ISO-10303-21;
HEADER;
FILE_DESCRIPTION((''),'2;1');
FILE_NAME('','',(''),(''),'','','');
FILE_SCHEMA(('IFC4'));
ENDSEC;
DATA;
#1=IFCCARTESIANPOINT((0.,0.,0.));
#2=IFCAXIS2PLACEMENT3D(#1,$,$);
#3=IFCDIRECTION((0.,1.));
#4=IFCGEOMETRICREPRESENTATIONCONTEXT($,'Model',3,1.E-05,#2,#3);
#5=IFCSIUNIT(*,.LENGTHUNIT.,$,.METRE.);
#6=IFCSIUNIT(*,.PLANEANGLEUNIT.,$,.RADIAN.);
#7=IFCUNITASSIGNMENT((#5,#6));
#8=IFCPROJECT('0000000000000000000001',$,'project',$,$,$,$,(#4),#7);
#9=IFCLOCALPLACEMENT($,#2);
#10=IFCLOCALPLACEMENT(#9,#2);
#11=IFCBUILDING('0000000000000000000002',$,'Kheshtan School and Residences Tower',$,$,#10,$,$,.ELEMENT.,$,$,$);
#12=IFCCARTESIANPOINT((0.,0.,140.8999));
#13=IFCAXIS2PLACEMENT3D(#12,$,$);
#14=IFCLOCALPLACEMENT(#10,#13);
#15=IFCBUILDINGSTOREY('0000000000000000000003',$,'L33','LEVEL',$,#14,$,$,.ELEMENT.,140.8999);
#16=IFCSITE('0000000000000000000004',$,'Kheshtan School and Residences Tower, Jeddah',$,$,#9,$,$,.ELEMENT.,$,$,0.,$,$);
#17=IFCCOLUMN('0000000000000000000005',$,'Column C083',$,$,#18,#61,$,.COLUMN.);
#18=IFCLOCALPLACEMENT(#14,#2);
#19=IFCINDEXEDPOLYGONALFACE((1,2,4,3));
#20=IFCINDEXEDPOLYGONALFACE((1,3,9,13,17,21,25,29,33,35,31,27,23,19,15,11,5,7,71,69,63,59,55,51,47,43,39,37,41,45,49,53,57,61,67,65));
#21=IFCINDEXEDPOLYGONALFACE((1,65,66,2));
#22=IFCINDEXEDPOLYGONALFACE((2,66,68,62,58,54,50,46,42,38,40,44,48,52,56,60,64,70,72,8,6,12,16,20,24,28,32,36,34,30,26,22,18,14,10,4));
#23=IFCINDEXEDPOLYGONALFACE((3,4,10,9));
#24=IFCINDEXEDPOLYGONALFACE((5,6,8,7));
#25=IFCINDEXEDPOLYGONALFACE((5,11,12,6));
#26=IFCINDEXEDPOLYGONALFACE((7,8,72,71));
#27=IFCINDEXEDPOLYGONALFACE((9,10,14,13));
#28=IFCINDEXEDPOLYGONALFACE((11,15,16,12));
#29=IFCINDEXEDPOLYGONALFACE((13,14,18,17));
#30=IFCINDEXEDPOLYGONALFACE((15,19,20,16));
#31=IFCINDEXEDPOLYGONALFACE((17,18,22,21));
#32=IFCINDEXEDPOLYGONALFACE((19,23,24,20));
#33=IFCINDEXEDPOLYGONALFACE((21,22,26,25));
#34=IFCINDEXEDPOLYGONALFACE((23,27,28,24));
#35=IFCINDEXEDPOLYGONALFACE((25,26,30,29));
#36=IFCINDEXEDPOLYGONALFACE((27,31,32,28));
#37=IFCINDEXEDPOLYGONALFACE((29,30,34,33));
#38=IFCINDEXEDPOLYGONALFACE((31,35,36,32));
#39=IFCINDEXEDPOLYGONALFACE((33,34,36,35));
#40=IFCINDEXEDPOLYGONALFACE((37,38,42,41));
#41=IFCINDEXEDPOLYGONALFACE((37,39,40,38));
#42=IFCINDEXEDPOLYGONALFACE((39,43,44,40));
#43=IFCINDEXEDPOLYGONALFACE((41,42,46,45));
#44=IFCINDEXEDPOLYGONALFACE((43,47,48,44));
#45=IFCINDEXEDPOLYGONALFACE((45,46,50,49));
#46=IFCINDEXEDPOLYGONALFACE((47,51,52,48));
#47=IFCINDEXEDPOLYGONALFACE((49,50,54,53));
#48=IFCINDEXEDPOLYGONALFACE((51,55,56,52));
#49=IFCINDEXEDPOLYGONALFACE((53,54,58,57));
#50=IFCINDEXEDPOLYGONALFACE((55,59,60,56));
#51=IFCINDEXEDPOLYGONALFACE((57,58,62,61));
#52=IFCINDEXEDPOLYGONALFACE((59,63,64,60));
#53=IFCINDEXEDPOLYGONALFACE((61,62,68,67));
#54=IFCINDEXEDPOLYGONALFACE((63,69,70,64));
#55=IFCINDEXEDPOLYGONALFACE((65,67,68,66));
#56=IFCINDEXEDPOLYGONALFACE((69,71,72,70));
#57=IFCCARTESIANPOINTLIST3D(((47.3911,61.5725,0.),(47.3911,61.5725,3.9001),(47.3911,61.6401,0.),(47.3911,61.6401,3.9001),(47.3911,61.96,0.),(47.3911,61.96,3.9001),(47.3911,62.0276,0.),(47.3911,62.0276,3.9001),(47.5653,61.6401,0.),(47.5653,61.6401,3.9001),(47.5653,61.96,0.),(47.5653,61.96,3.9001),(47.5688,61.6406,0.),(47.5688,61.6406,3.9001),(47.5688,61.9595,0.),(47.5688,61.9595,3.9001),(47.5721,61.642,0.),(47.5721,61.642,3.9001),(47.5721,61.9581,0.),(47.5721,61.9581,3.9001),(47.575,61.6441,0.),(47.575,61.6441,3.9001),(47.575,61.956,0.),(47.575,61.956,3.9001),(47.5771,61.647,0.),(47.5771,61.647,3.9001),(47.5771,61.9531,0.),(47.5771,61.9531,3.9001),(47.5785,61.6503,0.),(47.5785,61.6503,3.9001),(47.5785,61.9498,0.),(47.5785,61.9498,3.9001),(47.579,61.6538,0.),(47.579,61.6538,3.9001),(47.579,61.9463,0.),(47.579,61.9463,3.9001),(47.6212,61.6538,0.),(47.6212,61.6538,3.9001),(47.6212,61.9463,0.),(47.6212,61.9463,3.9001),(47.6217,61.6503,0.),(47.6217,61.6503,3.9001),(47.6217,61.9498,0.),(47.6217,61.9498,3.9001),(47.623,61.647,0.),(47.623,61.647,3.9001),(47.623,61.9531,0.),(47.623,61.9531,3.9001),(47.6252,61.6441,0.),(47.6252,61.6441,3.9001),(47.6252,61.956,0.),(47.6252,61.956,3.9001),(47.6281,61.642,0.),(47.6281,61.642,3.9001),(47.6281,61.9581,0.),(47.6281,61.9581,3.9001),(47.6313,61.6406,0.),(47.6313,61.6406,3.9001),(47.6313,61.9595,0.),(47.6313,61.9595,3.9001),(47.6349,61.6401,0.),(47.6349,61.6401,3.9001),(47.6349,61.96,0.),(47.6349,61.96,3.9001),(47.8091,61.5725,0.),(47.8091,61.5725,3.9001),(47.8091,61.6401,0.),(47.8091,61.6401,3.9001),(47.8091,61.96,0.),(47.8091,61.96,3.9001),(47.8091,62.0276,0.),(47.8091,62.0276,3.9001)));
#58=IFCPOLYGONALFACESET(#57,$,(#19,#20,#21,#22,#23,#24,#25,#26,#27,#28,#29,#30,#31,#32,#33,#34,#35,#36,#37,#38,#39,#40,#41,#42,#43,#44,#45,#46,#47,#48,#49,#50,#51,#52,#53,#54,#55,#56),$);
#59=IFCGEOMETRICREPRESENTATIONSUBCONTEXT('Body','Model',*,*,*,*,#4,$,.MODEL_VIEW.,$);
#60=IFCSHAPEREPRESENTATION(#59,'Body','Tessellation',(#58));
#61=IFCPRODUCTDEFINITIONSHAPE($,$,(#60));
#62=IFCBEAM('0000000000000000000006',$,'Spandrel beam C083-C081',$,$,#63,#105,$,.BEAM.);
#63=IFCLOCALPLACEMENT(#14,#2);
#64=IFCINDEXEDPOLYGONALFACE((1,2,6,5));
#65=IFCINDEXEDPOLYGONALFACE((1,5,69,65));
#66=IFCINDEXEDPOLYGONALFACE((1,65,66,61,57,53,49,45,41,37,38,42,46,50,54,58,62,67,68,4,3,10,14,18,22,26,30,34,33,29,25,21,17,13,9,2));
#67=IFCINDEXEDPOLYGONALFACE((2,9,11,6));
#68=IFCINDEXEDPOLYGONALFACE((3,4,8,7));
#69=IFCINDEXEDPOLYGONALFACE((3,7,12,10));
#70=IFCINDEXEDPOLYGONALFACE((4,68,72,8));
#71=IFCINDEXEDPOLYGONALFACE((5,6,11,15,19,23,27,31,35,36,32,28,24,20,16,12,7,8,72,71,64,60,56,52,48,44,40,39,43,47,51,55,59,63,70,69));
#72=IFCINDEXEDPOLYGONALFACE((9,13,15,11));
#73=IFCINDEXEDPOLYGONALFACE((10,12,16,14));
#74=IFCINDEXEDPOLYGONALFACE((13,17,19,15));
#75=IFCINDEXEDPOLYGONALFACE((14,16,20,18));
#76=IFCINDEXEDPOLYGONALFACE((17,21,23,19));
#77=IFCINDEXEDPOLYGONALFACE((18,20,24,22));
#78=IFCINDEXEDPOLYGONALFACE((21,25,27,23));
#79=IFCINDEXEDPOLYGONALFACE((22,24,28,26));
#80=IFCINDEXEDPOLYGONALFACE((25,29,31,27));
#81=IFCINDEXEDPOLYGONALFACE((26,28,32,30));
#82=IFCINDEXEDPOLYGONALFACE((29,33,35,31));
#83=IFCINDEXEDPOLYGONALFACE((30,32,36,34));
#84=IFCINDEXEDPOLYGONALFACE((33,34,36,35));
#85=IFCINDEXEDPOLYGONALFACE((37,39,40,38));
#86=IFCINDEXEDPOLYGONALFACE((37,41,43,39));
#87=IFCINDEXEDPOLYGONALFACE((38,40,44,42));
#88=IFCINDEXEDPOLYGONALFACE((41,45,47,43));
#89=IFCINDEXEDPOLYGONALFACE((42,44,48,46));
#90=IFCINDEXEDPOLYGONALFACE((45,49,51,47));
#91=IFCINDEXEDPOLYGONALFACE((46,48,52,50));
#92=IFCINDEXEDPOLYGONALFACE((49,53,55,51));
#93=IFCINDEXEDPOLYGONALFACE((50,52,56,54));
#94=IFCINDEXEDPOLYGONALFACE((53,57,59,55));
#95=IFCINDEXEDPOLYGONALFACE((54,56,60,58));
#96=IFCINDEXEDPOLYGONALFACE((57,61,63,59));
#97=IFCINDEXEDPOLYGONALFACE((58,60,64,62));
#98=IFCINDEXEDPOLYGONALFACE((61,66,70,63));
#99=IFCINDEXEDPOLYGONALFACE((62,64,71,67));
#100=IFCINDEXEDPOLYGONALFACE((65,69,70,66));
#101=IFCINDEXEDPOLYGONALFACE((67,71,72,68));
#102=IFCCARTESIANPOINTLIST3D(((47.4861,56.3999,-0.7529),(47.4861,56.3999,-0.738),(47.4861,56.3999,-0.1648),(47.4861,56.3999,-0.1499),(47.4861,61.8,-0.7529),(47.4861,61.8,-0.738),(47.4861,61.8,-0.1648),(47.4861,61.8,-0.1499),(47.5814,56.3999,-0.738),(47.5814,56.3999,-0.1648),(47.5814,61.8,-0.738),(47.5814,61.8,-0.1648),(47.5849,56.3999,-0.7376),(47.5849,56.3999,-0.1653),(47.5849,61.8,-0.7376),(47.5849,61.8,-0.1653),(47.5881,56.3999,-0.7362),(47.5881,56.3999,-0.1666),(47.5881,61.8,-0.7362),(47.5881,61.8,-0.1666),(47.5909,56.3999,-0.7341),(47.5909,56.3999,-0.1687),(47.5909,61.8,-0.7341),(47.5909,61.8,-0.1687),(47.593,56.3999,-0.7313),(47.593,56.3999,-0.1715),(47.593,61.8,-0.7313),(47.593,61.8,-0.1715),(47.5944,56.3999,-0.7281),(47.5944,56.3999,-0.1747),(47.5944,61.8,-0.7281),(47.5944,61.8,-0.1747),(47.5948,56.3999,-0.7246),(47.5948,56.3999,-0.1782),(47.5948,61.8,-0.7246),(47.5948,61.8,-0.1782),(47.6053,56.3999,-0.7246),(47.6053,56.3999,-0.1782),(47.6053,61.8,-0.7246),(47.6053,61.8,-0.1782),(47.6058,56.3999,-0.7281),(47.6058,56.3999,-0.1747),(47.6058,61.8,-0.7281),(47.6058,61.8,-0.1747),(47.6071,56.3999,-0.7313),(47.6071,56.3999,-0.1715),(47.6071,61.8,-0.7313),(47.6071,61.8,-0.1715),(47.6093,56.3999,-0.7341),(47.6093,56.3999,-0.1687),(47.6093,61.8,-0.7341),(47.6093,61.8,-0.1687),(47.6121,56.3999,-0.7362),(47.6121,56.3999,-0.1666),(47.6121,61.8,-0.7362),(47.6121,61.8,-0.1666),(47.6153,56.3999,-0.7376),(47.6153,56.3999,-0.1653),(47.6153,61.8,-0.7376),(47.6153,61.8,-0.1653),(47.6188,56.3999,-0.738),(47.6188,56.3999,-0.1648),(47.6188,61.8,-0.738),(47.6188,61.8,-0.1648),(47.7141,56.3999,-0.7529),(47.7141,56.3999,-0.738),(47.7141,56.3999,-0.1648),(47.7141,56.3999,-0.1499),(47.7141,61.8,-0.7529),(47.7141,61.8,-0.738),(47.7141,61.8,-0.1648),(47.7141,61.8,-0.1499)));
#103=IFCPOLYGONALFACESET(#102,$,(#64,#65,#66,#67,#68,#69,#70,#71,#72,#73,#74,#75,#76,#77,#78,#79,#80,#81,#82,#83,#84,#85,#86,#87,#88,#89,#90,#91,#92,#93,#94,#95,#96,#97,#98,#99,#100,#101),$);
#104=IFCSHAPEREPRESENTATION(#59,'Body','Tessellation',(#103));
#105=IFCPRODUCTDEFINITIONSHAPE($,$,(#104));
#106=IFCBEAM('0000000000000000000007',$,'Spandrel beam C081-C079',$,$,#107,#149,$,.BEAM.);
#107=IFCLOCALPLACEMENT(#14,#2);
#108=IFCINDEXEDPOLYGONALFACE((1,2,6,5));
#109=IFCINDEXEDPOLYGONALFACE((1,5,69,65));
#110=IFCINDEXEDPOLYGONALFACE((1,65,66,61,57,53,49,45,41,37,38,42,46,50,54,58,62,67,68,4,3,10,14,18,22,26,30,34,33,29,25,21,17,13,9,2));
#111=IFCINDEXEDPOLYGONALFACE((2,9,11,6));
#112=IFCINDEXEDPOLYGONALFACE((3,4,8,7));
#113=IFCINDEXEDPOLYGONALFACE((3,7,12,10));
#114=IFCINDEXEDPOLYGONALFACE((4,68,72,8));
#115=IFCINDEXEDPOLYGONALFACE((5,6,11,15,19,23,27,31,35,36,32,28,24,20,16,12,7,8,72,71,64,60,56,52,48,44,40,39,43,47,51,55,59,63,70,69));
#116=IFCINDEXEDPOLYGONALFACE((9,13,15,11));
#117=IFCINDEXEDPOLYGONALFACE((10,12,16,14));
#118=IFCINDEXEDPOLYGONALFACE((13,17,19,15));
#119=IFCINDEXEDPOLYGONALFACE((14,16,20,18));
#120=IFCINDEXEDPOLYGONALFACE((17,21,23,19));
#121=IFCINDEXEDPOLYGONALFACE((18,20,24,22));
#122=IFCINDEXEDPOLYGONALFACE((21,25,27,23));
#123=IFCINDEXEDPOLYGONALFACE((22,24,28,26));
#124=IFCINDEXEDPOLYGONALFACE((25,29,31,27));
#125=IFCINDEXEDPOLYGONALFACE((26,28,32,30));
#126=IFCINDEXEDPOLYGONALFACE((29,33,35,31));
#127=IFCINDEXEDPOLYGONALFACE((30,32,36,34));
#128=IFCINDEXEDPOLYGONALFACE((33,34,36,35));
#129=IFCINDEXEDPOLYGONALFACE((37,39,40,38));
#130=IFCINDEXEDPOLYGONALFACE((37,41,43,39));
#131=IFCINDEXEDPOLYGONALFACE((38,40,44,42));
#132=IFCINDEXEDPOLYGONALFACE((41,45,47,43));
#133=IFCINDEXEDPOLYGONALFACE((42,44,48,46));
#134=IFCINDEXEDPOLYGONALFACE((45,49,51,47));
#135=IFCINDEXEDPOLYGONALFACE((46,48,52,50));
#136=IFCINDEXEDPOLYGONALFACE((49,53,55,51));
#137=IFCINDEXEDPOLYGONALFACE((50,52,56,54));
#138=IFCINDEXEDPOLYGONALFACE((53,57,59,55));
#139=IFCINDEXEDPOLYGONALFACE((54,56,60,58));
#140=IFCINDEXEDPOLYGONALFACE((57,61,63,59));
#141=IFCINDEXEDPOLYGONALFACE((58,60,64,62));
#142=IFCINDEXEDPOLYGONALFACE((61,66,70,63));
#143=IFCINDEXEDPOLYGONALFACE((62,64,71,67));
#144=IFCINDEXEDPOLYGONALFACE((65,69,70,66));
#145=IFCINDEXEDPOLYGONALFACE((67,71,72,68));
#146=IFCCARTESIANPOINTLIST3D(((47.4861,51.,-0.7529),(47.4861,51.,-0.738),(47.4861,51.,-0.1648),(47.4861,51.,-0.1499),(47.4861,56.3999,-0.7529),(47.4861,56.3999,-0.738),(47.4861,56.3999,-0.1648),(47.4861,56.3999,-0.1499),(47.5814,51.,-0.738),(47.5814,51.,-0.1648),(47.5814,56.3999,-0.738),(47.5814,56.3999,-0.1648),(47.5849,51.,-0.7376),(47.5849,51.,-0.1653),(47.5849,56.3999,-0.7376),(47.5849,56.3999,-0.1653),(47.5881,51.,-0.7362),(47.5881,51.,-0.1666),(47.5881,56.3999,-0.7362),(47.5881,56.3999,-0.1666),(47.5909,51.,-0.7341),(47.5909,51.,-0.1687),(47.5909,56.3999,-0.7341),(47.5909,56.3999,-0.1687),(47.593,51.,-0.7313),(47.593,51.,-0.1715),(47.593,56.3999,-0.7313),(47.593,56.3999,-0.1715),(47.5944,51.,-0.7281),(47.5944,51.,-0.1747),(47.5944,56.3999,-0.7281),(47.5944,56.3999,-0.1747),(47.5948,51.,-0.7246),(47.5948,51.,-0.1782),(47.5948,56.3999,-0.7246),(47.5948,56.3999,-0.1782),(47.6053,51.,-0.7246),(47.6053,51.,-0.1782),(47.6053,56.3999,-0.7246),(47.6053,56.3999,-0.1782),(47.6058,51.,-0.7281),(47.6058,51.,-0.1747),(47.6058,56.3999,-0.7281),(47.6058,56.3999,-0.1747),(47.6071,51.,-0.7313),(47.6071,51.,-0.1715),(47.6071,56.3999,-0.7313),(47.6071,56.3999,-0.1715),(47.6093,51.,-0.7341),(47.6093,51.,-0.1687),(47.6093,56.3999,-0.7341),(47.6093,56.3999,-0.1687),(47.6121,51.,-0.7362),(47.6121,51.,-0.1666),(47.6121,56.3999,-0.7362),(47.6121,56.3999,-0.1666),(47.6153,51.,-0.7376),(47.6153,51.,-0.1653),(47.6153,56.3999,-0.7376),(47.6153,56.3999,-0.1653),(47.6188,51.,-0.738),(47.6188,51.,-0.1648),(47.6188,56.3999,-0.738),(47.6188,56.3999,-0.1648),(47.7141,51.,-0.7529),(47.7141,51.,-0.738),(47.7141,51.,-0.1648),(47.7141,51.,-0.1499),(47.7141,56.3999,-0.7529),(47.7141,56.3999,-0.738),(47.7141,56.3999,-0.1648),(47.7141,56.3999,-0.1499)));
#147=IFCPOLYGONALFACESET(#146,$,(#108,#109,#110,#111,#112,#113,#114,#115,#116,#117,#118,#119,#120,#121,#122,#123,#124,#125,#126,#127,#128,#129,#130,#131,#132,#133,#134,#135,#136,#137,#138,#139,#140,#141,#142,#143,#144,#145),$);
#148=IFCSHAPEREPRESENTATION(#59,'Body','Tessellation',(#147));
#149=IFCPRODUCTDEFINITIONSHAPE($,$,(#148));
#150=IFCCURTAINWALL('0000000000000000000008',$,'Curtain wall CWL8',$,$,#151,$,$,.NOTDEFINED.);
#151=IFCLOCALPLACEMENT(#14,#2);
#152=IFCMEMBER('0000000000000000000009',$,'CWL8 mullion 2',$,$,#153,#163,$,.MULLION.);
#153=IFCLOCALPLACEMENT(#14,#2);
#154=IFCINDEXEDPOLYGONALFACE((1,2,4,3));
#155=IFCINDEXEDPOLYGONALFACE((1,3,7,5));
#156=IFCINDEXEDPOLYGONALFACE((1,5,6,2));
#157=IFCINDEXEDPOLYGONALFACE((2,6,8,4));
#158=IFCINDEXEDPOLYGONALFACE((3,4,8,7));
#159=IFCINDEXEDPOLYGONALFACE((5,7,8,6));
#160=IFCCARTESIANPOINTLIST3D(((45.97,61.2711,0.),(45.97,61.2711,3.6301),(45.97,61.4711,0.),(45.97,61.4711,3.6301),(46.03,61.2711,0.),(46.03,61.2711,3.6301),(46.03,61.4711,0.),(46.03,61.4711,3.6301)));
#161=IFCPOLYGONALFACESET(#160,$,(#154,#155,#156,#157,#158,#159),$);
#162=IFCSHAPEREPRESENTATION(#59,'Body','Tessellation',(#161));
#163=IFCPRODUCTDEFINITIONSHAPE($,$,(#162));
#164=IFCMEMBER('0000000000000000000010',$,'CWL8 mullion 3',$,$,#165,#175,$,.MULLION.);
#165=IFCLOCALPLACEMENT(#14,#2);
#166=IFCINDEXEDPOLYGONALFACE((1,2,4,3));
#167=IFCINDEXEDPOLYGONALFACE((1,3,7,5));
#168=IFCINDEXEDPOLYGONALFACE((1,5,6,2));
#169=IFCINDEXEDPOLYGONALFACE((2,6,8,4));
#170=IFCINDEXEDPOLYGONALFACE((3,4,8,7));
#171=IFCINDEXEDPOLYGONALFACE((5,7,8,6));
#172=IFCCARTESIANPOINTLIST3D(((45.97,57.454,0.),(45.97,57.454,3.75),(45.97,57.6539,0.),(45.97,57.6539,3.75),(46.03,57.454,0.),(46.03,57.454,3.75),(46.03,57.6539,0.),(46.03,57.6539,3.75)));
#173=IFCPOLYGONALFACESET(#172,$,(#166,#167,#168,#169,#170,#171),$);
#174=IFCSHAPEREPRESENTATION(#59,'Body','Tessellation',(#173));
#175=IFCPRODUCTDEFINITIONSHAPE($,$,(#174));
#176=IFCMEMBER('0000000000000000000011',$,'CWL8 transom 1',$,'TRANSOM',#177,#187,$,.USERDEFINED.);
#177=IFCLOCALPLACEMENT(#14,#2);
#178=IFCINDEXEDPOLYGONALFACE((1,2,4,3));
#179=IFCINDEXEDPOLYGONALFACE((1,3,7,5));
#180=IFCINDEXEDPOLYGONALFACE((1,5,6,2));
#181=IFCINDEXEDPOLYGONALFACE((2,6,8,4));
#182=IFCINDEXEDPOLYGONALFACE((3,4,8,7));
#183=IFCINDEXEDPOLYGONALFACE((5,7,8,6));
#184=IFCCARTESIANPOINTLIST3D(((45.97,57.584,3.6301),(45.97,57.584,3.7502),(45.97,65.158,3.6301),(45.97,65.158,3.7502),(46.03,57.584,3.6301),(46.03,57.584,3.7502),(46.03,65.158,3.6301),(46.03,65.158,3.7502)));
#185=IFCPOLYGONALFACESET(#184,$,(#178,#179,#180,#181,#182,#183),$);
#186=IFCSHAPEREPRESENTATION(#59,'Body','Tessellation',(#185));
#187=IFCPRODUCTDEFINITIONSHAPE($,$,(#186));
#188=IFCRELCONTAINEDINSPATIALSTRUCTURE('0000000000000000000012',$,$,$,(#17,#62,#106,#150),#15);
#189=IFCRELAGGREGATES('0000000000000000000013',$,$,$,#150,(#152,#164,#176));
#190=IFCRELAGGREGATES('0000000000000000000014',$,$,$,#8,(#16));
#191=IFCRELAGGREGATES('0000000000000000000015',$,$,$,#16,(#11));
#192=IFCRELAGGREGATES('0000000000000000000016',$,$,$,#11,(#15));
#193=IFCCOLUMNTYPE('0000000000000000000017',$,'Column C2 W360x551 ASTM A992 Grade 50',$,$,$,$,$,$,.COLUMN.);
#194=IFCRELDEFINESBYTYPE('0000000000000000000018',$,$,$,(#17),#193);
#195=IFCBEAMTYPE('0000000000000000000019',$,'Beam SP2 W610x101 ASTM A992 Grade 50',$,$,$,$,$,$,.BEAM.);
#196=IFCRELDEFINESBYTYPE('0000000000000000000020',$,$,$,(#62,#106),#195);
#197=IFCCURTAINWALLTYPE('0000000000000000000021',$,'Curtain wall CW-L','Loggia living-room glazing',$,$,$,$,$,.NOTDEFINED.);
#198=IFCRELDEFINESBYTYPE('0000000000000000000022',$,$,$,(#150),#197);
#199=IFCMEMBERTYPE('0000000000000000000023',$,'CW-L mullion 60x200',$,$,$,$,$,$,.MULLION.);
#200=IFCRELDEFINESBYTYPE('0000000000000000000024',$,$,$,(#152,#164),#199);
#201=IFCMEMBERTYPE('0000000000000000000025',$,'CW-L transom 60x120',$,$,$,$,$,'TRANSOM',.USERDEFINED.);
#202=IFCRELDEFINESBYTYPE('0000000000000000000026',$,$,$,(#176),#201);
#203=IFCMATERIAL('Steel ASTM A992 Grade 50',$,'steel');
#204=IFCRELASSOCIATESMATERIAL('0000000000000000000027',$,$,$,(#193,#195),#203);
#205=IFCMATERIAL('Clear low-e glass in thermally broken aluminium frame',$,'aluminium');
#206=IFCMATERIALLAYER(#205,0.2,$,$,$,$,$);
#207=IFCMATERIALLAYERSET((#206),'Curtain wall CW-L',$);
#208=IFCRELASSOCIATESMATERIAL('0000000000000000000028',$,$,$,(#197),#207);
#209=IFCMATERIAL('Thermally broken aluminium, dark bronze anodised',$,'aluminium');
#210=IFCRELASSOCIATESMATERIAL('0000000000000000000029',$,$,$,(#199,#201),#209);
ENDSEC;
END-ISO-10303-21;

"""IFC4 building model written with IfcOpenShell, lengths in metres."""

from ifc_helpers import new_model, si_unit, direction, frame, origin, origin_2d, place, context, subcontext, project, spatial, rectangle, i_section, extrude, material, layer, layer_set, material_profile, profile_set, type_object, element, aggregate, save


model = new_model("IFC4")

# Units and contexts
model_context = context("Model", 3, precision=1e-05, world=origin(), true_north=direction((0.0, 1.0)))
body_context = subcontext(model_context, "Body", "Model", "MODEL_VIEW")
ifc_project = project(units=[si_unit("LENGTHUNIT", "METRE"), si_unit("PLANEANGLEUNIT", "RADIAN")], contexts=[model_context])

# Site, building, storey
site_placement = place(None, origin())
site = spatial("IfcSite", under=ifc_project, at=site_placement, Name="Kheshtan School and Residences Tower, Jeddah", CompositionType="ELEMENT", RefElevation=0.0)
building_placement = place(site_placement, origin())
building = spatial("IfcBuilding", under=site, at=building_placement, Name="Kheshtan School and Residences Tower", CompositionType="ELEMENT")
storey_placement = place(building_placement, frame((0.0, 0.0, 140.8999)))
storey = spatial("IfcBuildingStorey", under=building, at=storey_placement, Name="L33", Description="LEVEL", CompositionType="ELEMENT", Elevation=140.8999)

# Column
ifc_material_1 = material(Name="Steel ASTM A992 Grade 50", Category="steel")
ifc_material_profile_1 = material_profile(ifc_material_1, i_section(OverallWidth=0.418, OverallDepth=0.4551, WebThickness=0.0422, FlangeThickness=0.0676, FilletRadius=0.0137, at=origin_2d()), Name="W360x551")
ifc_profile_set_1 = profile_set([ifc_material_profile_1], Name="Steel ASTM A992 Grade 50")
column_type = type_object("IfcColumnType", Name="Column C2 W360x551 ASTM A992 Grade 50", PredefinedType="COLUMN", material=ifc_profile_set_1)
column_placement = place(storey_placement, frame((47.6001, 61.8, 0.0), z_axis=(0.0, 0.0, 1.0), x_axis=(1.0, 0.0, 0.0)))
element("IfcColumn", 1, at=column_placement, inside=storey, type_object=column_type, Name="Column C083", PredefinedType="COLUMN", context=body_context, shape_type="SweptSolid", body=[
    extrude(i_section(OverallWidth=0.418, OverallDepth=0.4551, WebThickness=0.0422, FlangeThickness=0.0676, FilletRadius=0.0137, at=origin_2d()), origin(), (0.0, 0.0, 1.0), 3.9001),
])

# Beams
ifc_material_profile_2 = material_profile(ifc_material_1, i_section(OverallWidth=0.228, OverallDepth=0.603, WebThickness=0.0105, FlangeThickness=0.0149, FilletRadius=0.0134, at=origin_2d()), Name="W610x101")
ifc_profile_set_2 = profile_set([ifc_material_profile_2], Name="Steel ASTM A992 Grade 50")
beam_type = type_object("IfcBeamType", Name="Beam SP2 W610x101 ASTM A992 Grade 50", PredefinedType="BEAM", material=ifc_profile_set_2)
beam_1_placement = place(storey_placement, frame((47.6001, 61.8, -0.4514), z_axis=(0.0, -1.0, 0.0), x_axis=(1.0, 0.0, 0.0)))
element("IfcBeam", 2, at=beam_1_placement, inside=storey, type_object=beam_type, Name="Spandrel beam C083-C081", PredefinedType="BEAM", context=body_context, shape_type="SweptSolid", body=[
    extrude(i_section(OverallWidth=0.228, OverallDepth=0.603, WebThickness=0.0105, FlangeThickness=0.0149, FilletRadius=0.0134, at=origin_2d()), origin(), (0.0, 0.0, 1.0), 5.4001),
])
beam_2_placement = place(storey_placement, frame((47.6001, 56.3999, -0.4514), z_axis=(0.0, -1.0, 0.0), x_axis=(1.0, 0.0, 0.0)))
element("IfcBeam", 3, at=beam_2_placement, inside=storey, type_object=beam_type, Name="Spandrel beam C081-C079", PredefinedType="BEAM", context=body_context, shape_type="SweptSolid", body=[
    extrude(i_section(OverallWidth=0.228, OverallDepth=0.603, WebThickness=0.0105, FlangeThickness=0.0149, FilletRadius=0.0134, at=origin_2d()), origin(), (0.0, 0.0, 1.0), 5.3999),
])

# Curtain wall, members
ifc_material_2 = material(Name="Clear low-e glass in thermally broken aluminium frame", Category="aluminium")
ifc_layer_1 = layer(ifc_material_2, 0.2)
ifc_layer_set_1 = layer_set([ifc_layer_1], Name="Curtain wall CW-L")
curtain_wall_type = type_object("IfcCurtainWallType", Name="Curtain wall CW-L", Description="Loggia living-room glazing", PredefinedType="NOTDEFINED", material=ifc_layer_set_1)
curtain_wall_1_placement = place(storey_placement, origin())
curtain_wall_1 = element("IfcCurtainWall", 4, at=curtain_wall_1_placement, inside=storey, type_object=curtain_wall_type, Name="Curtain wall CWL8", PredefinedType="NOTDEFINED")
ifc_material_3 = material(Name="Thermally broken aluminium, dark bronze anodised", Category="aluminium")
ifc_material_profile_3 = material_profile(ifc_material_3, rectangle(XDim=0.0601, YDim=0.2, at=origin_2d()), Name="CW-L mullion 60x200")
ifc_profile_set_3 = profile_set([ifc_material_profile_3], Name="Thermally broken aluminium, dark bronze anodised")
member_type_1 = type_object("IfcMemberType", Name="CW-L mullion 60x200", PredefinedType="MULLION", material=ifc_profile_set_3)
member_1_placement = place(storey_placement, frame((46.0, 61.3711, 0.0), z_axis=(0.0, 0.0, 1.0), x_axis=(1.0, 0.0, 0.0)))
member_1 = element("IfcMember", 5, at=member_1_placement, type_object=member_type_1, Name="CWL8 mullion 2", PredefinedType="MULLION", context=body_context, shape_type="SweptSolid", body=[
    extrude(rectangle(XDim=0.0601, YDim=0.2, at=origin_2d()), origin(), (0.0, 0.0, 1.0), 3.6301),
])
member_2_placement = place(storey_placement, frame((46.0, 57.554, 0.0), z_axis=(0.0, 0.0, 1.0), x_axis=(1.0, 0.0, 0.0)))
member_2 = element("IfcMember", 6, at=member_2_placement, type_object=member_type_1, Name="CWL8 mullion 3", PredefinedType="MULLION", context=body_context, shape_type="SweptSolid", body=[
    extrude(rectangle(XDim=0.0601, YDim=0.2, at=origin_2d()), origin(), (0.0, 0.0, 1.0), 3.75),
])
ifc_material_profile_4 = material_profile(ifc_material_3, rectangle(XDim=0.0601, YDim=0.1201, at=origin_2d()), Name="CW-L transom 60x120")
ifc_profile_set_4 = profile_set([ifc_material_profile_4], Name="Thermally broken aluminium, dark bronze anodised")
member_type_2 = type_object("IfcMemberType", Name="CW-L transom 60x120", ElementType="TRANSOM", PredefinedType="USERDEFINED", material=ifc_profile_set_4)
member_3_placement = place(storey_placement, frame((46.0, 65.158, 3.6902), z_axis=(0.0, -1.0, 0.0), x_axis=(1.0, 0.0, 0.0)))
member_3 = element("IfcMember", 7, at=member_3_placement, type_object=member_type_2, Name="CWL8 transom 1", ObjectType="TRANSOM", PredefinedType="USERDEFINED", context=body_context, shape_type="SweptSolid", body=[
    extrude(rectangle(XDim=0.0601, YDim=0.1201, at=origin_2d()), origin(), (0.0, 0.0, 1.0), 7.574),
])

aggregate(curtain_wall_1, [member_1, member_2, member_3])

save(model, "model.ifc")
